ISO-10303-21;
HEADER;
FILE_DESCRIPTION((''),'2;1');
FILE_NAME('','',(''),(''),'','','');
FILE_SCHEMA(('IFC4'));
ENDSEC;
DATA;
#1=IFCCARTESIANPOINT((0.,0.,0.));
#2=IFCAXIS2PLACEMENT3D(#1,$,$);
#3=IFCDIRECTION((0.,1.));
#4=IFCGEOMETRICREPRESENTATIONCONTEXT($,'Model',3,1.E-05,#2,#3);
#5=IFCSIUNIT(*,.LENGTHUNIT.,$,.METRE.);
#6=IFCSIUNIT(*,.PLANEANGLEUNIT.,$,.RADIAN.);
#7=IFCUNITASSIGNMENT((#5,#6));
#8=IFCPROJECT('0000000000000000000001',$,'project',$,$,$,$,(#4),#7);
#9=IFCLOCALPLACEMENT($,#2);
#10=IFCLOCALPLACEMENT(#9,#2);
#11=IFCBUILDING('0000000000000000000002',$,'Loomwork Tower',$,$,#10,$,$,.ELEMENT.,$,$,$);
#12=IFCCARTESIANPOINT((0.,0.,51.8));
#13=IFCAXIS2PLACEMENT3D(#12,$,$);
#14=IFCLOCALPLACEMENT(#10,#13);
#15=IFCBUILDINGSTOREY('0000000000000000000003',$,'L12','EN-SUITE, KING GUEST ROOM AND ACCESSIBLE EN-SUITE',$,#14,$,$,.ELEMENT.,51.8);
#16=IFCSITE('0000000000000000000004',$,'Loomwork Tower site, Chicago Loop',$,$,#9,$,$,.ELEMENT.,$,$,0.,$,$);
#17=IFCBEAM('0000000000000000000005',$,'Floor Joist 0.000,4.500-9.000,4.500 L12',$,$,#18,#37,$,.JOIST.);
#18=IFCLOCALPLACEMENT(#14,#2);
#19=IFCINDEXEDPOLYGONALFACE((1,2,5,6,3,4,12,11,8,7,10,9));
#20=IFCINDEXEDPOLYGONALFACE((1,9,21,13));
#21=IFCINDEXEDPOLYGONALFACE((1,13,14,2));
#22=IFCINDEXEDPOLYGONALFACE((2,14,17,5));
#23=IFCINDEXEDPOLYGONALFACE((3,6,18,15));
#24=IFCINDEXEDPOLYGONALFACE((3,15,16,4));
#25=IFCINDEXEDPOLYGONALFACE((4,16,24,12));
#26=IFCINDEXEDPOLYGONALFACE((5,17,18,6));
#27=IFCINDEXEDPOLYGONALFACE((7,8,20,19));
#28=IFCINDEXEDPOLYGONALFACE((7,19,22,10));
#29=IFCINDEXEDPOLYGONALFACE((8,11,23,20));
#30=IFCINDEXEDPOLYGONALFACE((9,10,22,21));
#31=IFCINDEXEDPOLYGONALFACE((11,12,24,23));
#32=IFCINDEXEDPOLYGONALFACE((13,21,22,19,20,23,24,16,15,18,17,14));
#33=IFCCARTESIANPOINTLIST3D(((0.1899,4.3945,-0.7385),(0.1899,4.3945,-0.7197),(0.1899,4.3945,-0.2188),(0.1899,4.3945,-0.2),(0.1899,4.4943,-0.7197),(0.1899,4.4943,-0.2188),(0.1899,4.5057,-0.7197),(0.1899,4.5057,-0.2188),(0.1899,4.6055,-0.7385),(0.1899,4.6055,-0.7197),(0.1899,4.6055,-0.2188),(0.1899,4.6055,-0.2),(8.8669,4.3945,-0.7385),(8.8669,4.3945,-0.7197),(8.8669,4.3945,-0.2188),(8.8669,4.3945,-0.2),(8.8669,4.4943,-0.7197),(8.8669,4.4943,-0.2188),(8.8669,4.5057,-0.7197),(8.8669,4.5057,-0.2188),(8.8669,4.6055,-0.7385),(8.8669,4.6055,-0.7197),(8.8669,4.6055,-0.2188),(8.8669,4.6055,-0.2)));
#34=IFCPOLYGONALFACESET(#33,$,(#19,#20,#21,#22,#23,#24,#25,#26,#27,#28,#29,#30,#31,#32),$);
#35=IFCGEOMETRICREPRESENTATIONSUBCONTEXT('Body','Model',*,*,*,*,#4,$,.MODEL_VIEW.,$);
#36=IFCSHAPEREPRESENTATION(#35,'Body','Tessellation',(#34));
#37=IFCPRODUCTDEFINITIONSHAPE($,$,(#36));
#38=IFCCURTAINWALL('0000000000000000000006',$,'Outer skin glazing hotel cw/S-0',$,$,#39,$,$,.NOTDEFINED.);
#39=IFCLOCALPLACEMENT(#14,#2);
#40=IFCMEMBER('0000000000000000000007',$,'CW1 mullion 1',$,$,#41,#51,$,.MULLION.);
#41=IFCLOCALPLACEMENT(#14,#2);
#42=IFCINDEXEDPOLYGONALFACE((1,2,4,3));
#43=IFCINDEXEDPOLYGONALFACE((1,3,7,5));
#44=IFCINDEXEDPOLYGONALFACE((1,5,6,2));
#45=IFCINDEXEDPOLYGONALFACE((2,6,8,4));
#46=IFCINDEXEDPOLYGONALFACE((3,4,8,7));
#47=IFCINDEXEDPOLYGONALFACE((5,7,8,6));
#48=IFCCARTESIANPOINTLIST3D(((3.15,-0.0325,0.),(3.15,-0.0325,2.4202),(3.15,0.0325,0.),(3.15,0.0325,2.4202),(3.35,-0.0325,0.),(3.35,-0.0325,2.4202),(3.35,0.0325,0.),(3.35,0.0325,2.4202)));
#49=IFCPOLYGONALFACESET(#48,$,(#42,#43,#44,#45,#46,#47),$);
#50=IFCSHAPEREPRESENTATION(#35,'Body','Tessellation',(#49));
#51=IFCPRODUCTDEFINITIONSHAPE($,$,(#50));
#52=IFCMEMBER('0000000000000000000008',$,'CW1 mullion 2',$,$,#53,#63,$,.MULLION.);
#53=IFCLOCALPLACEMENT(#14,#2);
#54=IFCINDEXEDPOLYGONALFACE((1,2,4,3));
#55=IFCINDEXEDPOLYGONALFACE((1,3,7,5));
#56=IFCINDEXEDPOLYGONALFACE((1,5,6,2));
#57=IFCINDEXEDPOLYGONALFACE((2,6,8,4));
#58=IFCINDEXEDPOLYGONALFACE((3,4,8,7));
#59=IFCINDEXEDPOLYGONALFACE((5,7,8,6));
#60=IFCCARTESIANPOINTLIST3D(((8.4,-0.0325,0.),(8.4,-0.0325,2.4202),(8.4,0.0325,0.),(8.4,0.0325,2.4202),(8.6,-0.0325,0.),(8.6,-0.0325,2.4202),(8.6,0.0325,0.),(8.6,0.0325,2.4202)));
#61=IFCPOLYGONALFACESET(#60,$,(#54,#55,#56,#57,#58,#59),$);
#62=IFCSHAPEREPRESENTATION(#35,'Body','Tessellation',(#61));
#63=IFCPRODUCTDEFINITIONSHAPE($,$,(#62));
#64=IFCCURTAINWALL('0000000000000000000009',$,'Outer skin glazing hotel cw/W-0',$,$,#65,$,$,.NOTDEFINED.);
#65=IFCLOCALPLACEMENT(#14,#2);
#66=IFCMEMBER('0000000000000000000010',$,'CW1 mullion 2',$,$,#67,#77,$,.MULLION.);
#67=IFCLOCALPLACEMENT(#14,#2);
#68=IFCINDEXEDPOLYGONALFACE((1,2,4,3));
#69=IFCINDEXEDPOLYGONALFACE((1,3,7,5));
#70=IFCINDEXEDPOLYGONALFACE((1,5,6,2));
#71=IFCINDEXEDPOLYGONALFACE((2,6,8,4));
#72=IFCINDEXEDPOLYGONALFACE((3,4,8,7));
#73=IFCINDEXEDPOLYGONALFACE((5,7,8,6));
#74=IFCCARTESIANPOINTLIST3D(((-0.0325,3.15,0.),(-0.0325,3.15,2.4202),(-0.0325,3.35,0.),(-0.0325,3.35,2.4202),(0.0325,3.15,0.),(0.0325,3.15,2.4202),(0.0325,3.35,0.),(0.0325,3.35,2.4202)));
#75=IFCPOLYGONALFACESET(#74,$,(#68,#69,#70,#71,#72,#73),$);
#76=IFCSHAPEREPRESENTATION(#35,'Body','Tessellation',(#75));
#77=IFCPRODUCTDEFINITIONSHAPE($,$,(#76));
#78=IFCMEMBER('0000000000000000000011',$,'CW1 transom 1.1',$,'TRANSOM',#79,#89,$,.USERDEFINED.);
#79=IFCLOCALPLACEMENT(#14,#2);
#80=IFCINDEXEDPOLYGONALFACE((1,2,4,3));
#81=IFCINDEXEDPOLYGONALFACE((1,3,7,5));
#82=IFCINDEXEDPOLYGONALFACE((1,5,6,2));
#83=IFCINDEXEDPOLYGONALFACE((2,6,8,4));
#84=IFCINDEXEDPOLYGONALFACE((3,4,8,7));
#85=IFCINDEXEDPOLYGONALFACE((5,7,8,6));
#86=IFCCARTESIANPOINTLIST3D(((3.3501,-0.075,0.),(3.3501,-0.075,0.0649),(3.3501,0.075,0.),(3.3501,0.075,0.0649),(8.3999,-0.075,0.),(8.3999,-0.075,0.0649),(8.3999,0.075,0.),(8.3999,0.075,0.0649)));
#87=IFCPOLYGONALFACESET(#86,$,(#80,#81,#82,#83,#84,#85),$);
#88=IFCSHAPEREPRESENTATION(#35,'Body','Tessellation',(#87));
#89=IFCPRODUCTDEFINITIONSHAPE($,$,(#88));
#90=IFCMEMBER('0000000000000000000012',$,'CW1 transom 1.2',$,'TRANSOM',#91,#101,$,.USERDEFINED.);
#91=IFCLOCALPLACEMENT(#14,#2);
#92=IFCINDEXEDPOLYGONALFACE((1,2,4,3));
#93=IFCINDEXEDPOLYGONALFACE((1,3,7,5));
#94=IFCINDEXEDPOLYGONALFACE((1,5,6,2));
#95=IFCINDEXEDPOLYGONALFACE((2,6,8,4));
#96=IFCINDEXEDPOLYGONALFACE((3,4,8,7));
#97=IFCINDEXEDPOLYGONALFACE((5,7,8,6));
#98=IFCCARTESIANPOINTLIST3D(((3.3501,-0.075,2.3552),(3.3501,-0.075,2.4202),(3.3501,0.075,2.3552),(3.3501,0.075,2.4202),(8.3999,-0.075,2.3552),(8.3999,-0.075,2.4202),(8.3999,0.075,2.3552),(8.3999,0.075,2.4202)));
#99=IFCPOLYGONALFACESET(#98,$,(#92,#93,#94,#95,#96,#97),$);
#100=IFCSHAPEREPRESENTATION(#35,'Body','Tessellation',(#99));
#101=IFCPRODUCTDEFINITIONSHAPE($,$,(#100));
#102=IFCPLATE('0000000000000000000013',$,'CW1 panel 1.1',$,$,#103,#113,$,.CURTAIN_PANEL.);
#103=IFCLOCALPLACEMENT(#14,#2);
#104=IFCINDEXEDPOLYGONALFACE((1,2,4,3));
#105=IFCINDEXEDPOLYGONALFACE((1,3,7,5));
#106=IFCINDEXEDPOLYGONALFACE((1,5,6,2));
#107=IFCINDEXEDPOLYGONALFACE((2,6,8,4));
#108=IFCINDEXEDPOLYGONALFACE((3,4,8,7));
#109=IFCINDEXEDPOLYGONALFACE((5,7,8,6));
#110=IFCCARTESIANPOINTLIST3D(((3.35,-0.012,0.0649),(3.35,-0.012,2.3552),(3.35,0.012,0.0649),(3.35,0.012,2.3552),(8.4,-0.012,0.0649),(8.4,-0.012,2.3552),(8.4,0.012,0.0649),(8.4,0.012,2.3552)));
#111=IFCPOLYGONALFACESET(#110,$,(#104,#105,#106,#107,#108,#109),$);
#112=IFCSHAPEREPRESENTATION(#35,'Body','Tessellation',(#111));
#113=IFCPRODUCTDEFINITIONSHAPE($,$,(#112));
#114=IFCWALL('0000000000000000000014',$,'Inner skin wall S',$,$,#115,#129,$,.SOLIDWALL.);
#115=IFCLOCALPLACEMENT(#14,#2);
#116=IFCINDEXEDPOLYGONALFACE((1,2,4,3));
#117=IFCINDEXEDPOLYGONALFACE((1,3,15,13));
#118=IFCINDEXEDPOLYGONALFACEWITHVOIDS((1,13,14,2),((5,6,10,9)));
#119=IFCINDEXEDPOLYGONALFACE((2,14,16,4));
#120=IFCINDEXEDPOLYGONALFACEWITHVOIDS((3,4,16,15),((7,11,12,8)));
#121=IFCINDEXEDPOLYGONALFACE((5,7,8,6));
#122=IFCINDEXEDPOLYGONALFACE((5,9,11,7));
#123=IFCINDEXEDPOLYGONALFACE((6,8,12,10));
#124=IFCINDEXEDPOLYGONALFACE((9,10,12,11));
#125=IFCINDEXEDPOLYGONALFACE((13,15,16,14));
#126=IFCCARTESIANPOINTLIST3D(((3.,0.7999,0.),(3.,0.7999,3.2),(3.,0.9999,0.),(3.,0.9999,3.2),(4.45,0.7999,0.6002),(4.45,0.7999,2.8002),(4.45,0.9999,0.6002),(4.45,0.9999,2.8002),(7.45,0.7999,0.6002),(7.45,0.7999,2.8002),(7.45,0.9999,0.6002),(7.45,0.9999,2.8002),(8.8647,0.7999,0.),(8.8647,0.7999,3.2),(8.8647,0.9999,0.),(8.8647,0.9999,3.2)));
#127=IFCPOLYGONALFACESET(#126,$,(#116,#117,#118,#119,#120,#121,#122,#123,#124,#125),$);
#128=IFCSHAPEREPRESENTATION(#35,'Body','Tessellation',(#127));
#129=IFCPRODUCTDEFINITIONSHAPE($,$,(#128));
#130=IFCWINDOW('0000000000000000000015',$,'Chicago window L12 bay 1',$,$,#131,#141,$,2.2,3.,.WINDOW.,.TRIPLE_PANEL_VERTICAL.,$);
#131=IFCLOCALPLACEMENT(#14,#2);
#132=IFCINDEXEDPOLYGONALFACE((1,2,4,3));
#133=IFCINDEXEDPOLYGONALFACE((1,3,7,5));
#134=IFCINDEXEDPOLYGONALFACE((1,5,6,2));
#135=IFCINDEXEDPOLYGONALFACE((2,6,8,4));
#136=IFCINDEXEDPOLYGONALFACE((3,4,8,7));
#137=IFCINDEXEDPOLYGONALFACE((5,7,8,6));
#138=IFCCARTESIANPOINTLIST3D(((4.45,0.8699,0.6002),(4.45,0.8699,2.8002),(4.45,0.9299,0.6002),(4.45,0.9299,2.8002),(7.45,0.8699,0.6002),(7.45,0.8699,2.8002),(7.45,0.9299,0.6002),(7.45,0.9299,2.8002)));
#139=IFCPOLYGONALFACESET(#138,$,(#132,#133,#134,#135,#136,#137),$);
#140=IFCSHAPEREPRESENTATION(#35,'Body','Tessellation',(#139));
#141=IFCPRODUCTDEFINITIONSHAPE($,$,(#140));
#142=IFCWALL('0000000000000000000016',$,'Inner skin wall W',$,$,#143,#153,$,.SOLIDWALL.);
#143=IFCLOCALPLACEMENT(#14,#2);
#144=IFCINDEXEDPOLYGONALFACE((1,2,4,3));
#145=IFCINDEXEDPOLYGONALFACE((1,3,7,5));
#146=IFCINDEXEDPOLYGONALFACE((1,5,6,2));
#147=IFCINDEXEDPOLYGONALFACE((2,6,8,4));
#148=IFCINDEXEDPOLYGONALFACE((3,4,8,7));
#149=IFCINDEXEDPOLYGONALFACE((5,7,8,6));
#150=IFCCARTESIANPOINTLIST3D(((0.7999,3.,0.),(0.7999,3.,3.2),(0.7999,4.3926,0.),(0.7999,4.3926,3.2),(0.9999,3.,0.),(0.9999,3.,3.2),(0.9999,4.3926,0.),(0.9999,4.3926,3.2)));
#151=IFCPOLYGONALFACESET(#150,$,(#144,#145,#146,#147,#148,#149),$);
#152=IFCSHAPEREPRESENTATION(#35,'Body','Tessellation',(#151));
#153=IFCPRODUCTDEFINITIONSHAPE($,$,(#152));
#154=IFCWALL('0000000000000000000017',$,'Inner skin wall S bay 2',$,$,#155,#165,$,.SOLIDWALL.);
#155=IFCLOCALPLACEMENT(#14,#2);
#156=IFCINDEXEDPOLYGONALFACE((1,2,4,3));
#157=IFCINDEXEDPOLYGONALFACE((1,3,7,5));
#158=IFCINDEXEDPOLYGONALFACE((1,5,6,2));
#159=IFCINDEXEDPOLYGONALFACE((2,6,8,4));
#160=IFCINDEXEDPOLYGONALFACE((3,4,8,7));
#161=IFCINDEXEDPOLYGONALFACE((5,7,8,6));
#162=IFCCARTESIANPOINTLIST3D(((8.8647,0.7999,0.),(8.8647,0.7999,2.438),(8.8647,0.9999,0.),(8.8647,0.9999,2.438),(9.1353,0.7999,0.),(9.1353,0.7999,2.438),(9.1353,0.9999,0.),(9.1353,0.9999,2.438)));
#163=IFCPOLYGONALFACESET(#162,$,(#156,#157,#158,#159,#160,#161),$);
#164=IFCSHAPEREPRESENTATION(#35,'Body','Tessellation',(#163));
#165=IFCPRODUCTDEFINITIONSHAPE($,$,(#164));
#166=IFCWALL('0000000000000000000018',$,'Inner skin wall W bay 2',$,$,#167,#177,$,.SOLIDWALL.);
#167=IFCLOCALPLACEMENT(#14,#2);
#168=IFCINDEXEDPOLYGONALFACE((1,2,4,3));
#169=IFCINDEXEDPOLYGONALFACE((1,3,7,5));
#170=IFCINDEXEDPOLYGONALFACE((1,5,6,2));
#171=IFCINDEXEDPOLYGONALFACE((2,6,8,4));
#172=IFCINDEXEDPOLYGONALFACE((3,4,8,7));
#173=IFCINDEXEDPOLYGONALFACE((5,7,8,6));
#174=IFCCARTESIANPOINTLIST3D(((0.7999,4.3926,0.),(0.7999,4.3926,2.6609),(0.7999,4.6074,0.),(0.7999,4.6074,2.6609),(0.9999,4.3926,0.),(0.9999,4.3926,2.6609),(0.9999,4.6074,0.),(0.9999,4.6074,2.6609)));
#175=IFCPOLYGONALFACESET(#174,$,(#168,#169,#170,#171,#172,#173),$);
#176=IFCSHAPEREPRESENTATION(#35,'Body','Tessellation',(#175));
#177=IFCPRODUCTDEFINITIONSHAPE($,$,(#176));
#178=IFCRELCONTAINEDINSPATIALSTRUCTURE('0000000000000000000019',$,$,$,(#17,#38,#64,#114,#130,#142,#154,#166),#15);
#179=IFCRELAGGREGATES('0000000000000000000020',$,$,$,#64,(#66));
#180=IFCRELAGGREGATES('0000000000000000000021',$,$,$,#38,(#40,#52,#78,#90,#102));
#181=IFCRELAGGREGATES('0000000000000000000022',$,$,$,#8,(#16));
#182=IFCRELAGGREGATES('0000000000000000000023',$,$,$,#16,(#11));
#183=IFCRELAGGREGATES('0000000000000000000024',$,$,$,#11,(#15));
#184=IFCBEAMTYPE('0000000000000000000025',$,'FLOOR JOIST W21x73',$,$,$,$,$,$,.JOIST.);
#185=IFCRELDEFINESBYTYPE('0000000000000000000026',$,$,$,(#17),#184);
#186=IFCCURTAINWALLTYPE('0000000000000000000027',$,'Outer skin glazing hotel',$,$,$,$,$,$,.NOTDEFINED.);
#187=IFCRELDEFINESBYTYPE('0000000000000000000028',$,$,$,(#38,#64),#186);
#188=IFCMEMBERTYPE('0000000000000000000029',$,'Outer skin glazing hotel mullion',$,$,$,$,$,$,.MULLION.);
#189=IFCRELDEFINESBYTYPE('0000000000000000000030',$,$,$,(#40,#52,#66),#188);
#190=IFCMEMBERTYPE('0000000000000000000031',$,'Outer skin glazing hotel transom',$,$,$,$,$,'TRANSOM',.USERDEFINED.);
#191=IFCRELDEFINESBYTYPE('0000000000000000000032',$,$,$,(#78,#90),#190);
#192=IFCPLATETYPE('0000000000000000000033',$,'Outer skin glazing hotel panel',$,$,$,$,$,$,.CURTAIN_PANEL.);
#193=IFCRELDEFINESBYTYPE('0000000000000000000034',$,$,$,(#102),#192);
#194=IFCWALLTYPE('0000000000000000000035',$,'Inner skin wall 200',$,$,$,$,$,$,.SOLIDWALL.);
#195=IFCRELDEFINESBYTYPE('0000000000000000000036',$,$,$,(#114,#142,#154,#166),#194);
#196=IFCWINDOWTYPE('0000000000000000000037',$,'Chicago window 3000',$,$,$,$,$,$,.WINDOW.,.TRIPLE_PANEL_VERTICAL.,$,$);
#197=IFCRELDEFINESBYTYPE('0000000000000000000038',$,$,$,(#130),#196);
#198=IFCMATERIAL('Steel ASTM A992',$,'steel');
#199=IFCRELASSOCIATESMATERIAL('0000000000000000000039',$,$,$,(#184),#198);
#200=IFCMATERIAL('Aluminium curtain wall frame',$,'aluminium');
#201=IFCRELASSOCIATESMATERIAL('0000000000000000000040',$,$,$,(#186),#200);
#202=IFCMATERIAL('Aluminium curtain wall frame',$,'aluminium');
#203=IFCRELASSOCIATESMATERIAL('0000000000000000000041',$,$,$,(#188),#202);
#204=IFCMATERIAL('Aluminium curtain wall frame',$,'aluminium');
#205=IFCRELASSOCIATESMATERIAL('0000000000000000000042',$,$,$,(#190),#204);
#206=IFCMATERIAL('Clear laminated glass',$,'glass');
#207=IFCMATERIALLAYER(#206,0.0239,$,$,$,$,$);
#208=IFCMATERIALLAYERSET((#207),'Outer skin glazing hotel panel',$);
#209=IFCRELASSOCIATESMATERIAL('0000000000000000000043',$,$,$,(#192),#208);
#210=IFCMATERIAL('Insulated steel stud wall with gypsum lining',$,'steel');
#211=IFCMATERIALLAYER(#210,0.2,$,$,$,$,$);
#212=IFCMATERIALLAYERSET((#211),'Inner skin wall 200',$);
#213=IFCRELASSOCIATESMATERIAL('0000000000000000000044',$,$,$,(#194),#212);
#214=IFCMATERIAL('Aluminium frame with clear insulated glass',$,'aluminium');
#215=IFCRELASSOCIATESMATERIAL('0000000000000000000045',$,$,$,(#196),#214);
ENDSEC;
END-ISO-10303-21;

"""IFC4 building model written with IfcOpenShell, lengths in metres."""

from ifc_helpers import new_model, si_unit, direction, frame, frame_2d, origin, origin_2d, place, context, subcontext, project, spatial, rectangle, i_section, extrude, material, layer, layer_set, material_profile, profile_set, type_object, element, fill, aggregate, save


model = new_model("IFC4")

# Units and contexts
model_context = context("Model", 3, precision=1e-05, world=origin(), true_north=direction((0.0, 1.0)))
body_context = subcontext(model_context, "Body", "Model", "MODEL_VIEW")
ifc_project = project(units=[si_unit("LENGTHUNIT", "METRE"), si_unit("PLANEANGLEUNIT", "RADIAN")], contexts=[model_context])

# Site, building, storey
site_placement = place(None, origin())
site = spatial("IfcSite", under=ifc_project, at=site_placement, Name="Loomwork Tower site, Chicago Loop", CompositionType="ELEMENT", RefElevation=0.0)
building_placement = place(site_placement, origin())
building = spatial("IfcBuilding", under=site, at=building_placement, Name="Loomwork Tower", CompositionType="ELEMENT")
storey_placement = place(building_placement, frame((0.0, 0.0, 51.8)))
storey = spatial("IfcBuildingStorey", under=building, at=storey_placement, Name="L12", Description="EN-SUITE, KING GUEST ROOM AND ACCESSIBLE EN-SUITE", CompositionType="ELEMENT", Elevation=51.8)

# Beam
ifc_material_1 = material(Name="Steel ASTM A992", Category="steel")
ifc_material_profile_1 = material_profile(ifc_material_1, i_section(OverallWidth=0.2109, OverallDepth=0.5386, WebThickness=0.0115, FlangeThickness=0.0188, at=origin_2d()), Name="W21x73")
ifc_profile_set_1 = profile_set([ifc_material_profile_1], Name="Steel ASTM A992")
beam_type = type_object("IfcBeamType", Name="FLOOR JOIST W21x73", PredefinedType="JOIST", material=ifc_profile_set_1)
beam_placement = place(storey_placement, frame((0.1899, 4.5, -0.4692), z_axis=(1.0, 0.0, 0.0), x_axis=(0.0, 1.0, 0.0)))
element("IfcBeam", 1, at=beam_placement, inside=storey, type_object=beam_type, Name="Floor Joist 0.000,4.500-9.000,4.500 L12", PredefinedType="JOIST", context=body_context, shape_type="SweptSolid", body=[
    extrude(i_section(OverallWidth=0.2109, OverallDepth=0.5386, WebThickness=0.0115, FlangeThickness=0.0188, at=origin_2d()), origin(), (0.0, 0.0, 1.0), 8.677),
])

# Curtain wall, members
ifc_material_2 = material(Name="Aluminium curtain wall frame", Category="aluminium")
curtain_wall_type = type_object("IfcCurtainWallType", Name="Outer skin glazing hotel", PredefinedType="NOTDEFINED", material=ifc_material_2)
curtain_wall_1_placement = place(storey_placement, origin())
curtain_wall_1 = element("IfcCurtainWall", 2, at=curtain_wall_1_placement, inside=storey, type_object=curtain_wall_type, Name="Outer skin glazing hotel cw/S-0", PredefinedType="NOTDEFINED")
ifc_material_3 = material(Name="Aluminium curtain wall frame", Category="aluminium")
ifc_material_profile_2 = material_profile(ifc_material_3, rectangle(XDim=0.0649, YDim=0.2, at=origin_2d()), Name="AL 65x200")
ifc_profile_set_2 = profile_set([ifc_material_profile_2], Name="Aluminium curtain wall frame")
member_type_1 = type_object("IfcMemberType", Name="Outer skin glazing hotel mullion", PredefinedType="MULLION", material=ifc_profile_set_2)
member_1_placement = place(storey_placement, frame((3.25, 0.0, 0.0), z_axis=(0.0, 0.0, 1.0), x_axis=(0.0, 1.0, 0.0)))
member_1 = element("IfcMember", 3, at=member_1_placement, type_object=member_type_1, Name="CW1 mullion 1", PredefinedType="MULLION", context=body_context, shape_type="SweptSolid", body=[
    extrude(rectangle(XDim=0.0649, YDim=0.2, at=origin_2d()), origin(), (0.0, 0.0, 1.0), 2.4202),
])
member_2_placement = place(storey_placement, frame((8.5, 0.0, 0.0), z_axis=(0.0, 0.0, 1.0), x_axis=(0.0, 1.0, 0.0)))
member_2 = element("IfcMember", 4, at=member_2_placement, type_object=member_type_1, Name="CW1 mullion 2", PredefinedType="MULLION", context=body_context, shape_type="SweptSolid", body=[
    extrude(rectangle(XDim=0.0649, YDim=0.2, at=origin_2d()), origin(), (0.0, 0.0, 1.0), 2.4202),
])

# Curtain wall, member
curtain_wall_2_placement = place(storey_placement, origin())
curtain_wall_2 = element("IfcCurtainWall", 5, at=curtain_wall_2_placement, inside=storey, type_object=curtain_wall_type, Name="Outer skin glazing hotel cw/W-0", PredefinedType="NOTDEFINED")
member_3_placement = place(storey_placement, frame((0.0, 3.25, 0.0), z_axis=(0.0, 0.0, 1.0), x_axis=(1.0, 0.0, 0.0)))
member_3 = element("IfcMember", 6, at=member_3_placement, type_object=member_type_1, Name="CW1 mullion 2", PredefinedType="MULLION", context=body_context, shape_type="SweptSolid", body=[
    extrude(rectangle(XDim=0.0649, YDim=0.2, at=origin_2d()), origin(), (0.0, 0.0, 1.0), 2.4202),
])
aggregate(curtain_wall_2, [member_3])

# Members
ifc_material_4 = material(Name="Aluminium curtain wall frame", Category="aluminium")
ifc_material_profile_3 = material_profile(ifc_material_4, rectangle(XDim=0.1499, YDim=0.0649, at=origin_2d()), Name="AL 65x150")
ifc_profile_set_3 = profile_set([ifc_material_profile_3], Name="Aluminium curtain wall frame")
member_type_2 = type_object("IfcMemberType", Name="Outer skin glazing hotel transom", ElementType="TRANSOM", PredefinedType="USERDEFINED", material=ifc_profile_set_3)
member_4_placement = place(storey_placement, frame((3.3501, 0.0, 0.0325), z_axis=(1.0, 0.0, 0.0), x_axis=(0.0, 1.0, 0.0)))
member_4 = element("IfcMember", 7, at=member_4_placement, type_object=member_type_2, Name="CW1 transom 1.1", ObjectType="TRANSOM", PredefinedType="USERDEFINED", context=body_context, shape_type="SweptSolid", body=[
    extrude(rectangle(XDim=0.1499, YDim=0.0649, at=origin_2d()), origin(), (0.0, 0.0, 1.0), 5.0498),
])
member_5_placement = place(storey_placement, frame((3.3501, 0.0, 2.3877), z_axis=(1.0, 0.0, 0.0), x_axis=(0.0, 1.0, 0.0)))
member_5 = element("IfcMember", 8, at=member_5_placement, type_object=member_type_2, Name="CW1 transom 1.2", ObjectType="TRANSOM", PredefinedType="USERDEFINED", context=body_context, shape_type="SweptSolid", body=[
    extrude(rectangle(XDim=0.1499, YDim=0.0649, at=origin_2d()), origin(), (0.0, 0.0, 1.0), 5.0498),
])

# Plate
ifc_material_5 = material(Name="Clear laminated glass", Category="glass")
ifc_layer_1 = layer(ifc_material_5, 0.0239)
ifc_layer_set_1 = layer_set([ifc_layer_1], Name="Outer skin glazing hotel panel")
plate_type = type_object("IfcPlateType", Name="Outer skin glazing hotel panel", PredefinedType="CURTAIN_PANEL", material=ifc_layer_set_1)
plate_placement = place(storey_placement, frame((5.875, 0.0, 0.0649), z_axis=(0.0, 0.0, 1.0), x_axis=(1.0, 0.0, 0.0)))
plate = element("IfcPlate", 9, at=plate_placement, type_object=plate_type, Name="CW1 panel 1.1", PredefinedType="CURTAIN_PANEL", context=body_context, shape_type="SweptSolid", body=[
    extrude(rectangle(XDim=5.05, YDim=0.0239, at=origin_2d()), origin(), (0.0, 0.0, 1.0), 2.2903),
])
aggregate(curtain_wall_1, [member_1, member_2, member_4, member_5, plate])

# Wall, opening, window
ifc_material_6 = material(Name="Insulated steel stud wall with gypsum lining", Category="steel")
ifc_layer_2 = layer(ifc_material_6, 0.2)
ifc_layer_set_2 = layer_set([ifc_layer_2], Name="Inner skin wall 200")
wall_type_1 = type_object("IfcWallType", Name="Inner skin wall 200", PredefinedType="SOLIDWALL", material=ifc_layer_set_2)
wall_1_placement = place(storey_placement, frame((3.0, 0.8999, 0.0), z_axis=(0.0, 0.0, 1.0), x_axis=(1.0, 0.0, 0.0)))
wall_1 = element("IfcWall", 10, at=wall_1_placement, inside=storey, type_object=wall_type_1, Name="Inner skin wall S", PredefinedType="SOLIDWALL", context=body_context, shape_type="SweptSolid", body=[
    extrude(rectangle(XDim=5.8647, YDim=0.2, at=frame_2d((2.9324, 0.0))), origin(), (0.0, 0.0, 1.0), 3.2),
])
opening_1_placement = place(wall_1_placement, frame((1.45, 0.0, 0.6001)))
opening_1 = element("IfcOpeningElement", 11, at=opening_1_placement, cuts=wall_1, PredefinedType="OPENING", context=body_context, shape_type="SweptSolid", body=[
    extrude(rectangle(XDim=3.0, YDim=2.2, at=frame_2d((1.5, 1.1001))), frame((0.0, 0.1099, 0.0), z_axis=(0.0, -1.0, 0.0), x_axis=(1.0, 0.0, 0.0)), (0.0, 0.0, 1.0), 0.22),
])
ifc_material_7 = material(Name="Aluminium frame with clear insulated glass", Category="aluminium")
window_type_1 = type_object("IfcWindowType", Name="Chicago window 3000", PartitioningType="TRIPLE_PANEL_VERTICAL", PredefinedType="WINDOW", material=ifc_material_7)
window_1_placement = place(opening_1_placement, origin())
window_1 = element("IfcWindow", 12, at=window_1_placement, inside=storey, type_object=window_type_1, Name="Chicago window L12 bay 1", OverallHeight=2.2, OverallWidth=3.0, PartitioningType="TRIPLE_PANEL_VERTICAL", PredefinedType="WINDOW", context=body_context, shape_type="SweptSolid", body=[
    extrude(rectangle(XDim=3.0, YDim=2.2, at=frame_2d((1.5, 1.1001))), frame((0.0, 0.03, 0.0), z_axis=(0.0, -1.0, 0.0), x_axis=(1.0, 0.0, 0.0)), (0.0, 0.0, 1.0), 0.0601),
])
fill(opening_1, window_1)

# Walls
wall_2_placement = place(storey_placement, frame((0.8999, 3.0, 0.0), z_axis=(0.0, 0.0, 1.0), x_axis=(0.0, 1.0, 0.0)))
element("IfcWall", 13, at=wall_2_placement, inside=storey, type_object=wall_type_1, Name="Inner skin wall W", PredefinedType="SOLIDWALL", context=body_context, shape_type="SweptSolid", body=[
    extrude(rectangle(XDim=1.3926, YDim=0.2, at=frame_2d((0.6963, 0.0))), origin(), (0.0, 0.0, 1.0), 3.2),
])
wall_3_placement = place(storey_placement, frame((8.8647, 0.8999, 0.0), z_axis=(0.0, 0.0, 1.0), x_axis=(1.0, 0.0, 0.0)))
element("IfcWall", 14, at=wall_3_placement, inside=storey, type_object=wall_type_1, Name="Inner skin wall S bay 2", PredefinedType="SOLIDWALL", context=body_context, shape_type="SweptSolid", body=[
    extrude(rectangle(XDim=0.2705, YDim=0.2, at=frame_2d((0.1353, 0.0))), origin(), (0.0, 0.0, 1.0), 2.438),
])
wall_4_placement = place(storey_placement, frame((0.8999, 4.3926, 0.0), z_axis=(0.0, 0.0, 1.0), x_axis=(0.0, 1.0, 0.0)))
element("IfcWall", 15, at=wall_4_placement, inside=storey, type_object=wall_type_1, Name="Inner skin wall W bay 2", PredefinedType="SOLIDWALL", context=body_context, shape_type="SweptSolid", body=[
    extrude(rectangle(XDim=0.2148, YDim=0.2, at=frame_2d((0.1074, 0.0))), origin(), (0.0, 0.0, 1.0), 2.6609),
])

save(model, "model.ifc")
